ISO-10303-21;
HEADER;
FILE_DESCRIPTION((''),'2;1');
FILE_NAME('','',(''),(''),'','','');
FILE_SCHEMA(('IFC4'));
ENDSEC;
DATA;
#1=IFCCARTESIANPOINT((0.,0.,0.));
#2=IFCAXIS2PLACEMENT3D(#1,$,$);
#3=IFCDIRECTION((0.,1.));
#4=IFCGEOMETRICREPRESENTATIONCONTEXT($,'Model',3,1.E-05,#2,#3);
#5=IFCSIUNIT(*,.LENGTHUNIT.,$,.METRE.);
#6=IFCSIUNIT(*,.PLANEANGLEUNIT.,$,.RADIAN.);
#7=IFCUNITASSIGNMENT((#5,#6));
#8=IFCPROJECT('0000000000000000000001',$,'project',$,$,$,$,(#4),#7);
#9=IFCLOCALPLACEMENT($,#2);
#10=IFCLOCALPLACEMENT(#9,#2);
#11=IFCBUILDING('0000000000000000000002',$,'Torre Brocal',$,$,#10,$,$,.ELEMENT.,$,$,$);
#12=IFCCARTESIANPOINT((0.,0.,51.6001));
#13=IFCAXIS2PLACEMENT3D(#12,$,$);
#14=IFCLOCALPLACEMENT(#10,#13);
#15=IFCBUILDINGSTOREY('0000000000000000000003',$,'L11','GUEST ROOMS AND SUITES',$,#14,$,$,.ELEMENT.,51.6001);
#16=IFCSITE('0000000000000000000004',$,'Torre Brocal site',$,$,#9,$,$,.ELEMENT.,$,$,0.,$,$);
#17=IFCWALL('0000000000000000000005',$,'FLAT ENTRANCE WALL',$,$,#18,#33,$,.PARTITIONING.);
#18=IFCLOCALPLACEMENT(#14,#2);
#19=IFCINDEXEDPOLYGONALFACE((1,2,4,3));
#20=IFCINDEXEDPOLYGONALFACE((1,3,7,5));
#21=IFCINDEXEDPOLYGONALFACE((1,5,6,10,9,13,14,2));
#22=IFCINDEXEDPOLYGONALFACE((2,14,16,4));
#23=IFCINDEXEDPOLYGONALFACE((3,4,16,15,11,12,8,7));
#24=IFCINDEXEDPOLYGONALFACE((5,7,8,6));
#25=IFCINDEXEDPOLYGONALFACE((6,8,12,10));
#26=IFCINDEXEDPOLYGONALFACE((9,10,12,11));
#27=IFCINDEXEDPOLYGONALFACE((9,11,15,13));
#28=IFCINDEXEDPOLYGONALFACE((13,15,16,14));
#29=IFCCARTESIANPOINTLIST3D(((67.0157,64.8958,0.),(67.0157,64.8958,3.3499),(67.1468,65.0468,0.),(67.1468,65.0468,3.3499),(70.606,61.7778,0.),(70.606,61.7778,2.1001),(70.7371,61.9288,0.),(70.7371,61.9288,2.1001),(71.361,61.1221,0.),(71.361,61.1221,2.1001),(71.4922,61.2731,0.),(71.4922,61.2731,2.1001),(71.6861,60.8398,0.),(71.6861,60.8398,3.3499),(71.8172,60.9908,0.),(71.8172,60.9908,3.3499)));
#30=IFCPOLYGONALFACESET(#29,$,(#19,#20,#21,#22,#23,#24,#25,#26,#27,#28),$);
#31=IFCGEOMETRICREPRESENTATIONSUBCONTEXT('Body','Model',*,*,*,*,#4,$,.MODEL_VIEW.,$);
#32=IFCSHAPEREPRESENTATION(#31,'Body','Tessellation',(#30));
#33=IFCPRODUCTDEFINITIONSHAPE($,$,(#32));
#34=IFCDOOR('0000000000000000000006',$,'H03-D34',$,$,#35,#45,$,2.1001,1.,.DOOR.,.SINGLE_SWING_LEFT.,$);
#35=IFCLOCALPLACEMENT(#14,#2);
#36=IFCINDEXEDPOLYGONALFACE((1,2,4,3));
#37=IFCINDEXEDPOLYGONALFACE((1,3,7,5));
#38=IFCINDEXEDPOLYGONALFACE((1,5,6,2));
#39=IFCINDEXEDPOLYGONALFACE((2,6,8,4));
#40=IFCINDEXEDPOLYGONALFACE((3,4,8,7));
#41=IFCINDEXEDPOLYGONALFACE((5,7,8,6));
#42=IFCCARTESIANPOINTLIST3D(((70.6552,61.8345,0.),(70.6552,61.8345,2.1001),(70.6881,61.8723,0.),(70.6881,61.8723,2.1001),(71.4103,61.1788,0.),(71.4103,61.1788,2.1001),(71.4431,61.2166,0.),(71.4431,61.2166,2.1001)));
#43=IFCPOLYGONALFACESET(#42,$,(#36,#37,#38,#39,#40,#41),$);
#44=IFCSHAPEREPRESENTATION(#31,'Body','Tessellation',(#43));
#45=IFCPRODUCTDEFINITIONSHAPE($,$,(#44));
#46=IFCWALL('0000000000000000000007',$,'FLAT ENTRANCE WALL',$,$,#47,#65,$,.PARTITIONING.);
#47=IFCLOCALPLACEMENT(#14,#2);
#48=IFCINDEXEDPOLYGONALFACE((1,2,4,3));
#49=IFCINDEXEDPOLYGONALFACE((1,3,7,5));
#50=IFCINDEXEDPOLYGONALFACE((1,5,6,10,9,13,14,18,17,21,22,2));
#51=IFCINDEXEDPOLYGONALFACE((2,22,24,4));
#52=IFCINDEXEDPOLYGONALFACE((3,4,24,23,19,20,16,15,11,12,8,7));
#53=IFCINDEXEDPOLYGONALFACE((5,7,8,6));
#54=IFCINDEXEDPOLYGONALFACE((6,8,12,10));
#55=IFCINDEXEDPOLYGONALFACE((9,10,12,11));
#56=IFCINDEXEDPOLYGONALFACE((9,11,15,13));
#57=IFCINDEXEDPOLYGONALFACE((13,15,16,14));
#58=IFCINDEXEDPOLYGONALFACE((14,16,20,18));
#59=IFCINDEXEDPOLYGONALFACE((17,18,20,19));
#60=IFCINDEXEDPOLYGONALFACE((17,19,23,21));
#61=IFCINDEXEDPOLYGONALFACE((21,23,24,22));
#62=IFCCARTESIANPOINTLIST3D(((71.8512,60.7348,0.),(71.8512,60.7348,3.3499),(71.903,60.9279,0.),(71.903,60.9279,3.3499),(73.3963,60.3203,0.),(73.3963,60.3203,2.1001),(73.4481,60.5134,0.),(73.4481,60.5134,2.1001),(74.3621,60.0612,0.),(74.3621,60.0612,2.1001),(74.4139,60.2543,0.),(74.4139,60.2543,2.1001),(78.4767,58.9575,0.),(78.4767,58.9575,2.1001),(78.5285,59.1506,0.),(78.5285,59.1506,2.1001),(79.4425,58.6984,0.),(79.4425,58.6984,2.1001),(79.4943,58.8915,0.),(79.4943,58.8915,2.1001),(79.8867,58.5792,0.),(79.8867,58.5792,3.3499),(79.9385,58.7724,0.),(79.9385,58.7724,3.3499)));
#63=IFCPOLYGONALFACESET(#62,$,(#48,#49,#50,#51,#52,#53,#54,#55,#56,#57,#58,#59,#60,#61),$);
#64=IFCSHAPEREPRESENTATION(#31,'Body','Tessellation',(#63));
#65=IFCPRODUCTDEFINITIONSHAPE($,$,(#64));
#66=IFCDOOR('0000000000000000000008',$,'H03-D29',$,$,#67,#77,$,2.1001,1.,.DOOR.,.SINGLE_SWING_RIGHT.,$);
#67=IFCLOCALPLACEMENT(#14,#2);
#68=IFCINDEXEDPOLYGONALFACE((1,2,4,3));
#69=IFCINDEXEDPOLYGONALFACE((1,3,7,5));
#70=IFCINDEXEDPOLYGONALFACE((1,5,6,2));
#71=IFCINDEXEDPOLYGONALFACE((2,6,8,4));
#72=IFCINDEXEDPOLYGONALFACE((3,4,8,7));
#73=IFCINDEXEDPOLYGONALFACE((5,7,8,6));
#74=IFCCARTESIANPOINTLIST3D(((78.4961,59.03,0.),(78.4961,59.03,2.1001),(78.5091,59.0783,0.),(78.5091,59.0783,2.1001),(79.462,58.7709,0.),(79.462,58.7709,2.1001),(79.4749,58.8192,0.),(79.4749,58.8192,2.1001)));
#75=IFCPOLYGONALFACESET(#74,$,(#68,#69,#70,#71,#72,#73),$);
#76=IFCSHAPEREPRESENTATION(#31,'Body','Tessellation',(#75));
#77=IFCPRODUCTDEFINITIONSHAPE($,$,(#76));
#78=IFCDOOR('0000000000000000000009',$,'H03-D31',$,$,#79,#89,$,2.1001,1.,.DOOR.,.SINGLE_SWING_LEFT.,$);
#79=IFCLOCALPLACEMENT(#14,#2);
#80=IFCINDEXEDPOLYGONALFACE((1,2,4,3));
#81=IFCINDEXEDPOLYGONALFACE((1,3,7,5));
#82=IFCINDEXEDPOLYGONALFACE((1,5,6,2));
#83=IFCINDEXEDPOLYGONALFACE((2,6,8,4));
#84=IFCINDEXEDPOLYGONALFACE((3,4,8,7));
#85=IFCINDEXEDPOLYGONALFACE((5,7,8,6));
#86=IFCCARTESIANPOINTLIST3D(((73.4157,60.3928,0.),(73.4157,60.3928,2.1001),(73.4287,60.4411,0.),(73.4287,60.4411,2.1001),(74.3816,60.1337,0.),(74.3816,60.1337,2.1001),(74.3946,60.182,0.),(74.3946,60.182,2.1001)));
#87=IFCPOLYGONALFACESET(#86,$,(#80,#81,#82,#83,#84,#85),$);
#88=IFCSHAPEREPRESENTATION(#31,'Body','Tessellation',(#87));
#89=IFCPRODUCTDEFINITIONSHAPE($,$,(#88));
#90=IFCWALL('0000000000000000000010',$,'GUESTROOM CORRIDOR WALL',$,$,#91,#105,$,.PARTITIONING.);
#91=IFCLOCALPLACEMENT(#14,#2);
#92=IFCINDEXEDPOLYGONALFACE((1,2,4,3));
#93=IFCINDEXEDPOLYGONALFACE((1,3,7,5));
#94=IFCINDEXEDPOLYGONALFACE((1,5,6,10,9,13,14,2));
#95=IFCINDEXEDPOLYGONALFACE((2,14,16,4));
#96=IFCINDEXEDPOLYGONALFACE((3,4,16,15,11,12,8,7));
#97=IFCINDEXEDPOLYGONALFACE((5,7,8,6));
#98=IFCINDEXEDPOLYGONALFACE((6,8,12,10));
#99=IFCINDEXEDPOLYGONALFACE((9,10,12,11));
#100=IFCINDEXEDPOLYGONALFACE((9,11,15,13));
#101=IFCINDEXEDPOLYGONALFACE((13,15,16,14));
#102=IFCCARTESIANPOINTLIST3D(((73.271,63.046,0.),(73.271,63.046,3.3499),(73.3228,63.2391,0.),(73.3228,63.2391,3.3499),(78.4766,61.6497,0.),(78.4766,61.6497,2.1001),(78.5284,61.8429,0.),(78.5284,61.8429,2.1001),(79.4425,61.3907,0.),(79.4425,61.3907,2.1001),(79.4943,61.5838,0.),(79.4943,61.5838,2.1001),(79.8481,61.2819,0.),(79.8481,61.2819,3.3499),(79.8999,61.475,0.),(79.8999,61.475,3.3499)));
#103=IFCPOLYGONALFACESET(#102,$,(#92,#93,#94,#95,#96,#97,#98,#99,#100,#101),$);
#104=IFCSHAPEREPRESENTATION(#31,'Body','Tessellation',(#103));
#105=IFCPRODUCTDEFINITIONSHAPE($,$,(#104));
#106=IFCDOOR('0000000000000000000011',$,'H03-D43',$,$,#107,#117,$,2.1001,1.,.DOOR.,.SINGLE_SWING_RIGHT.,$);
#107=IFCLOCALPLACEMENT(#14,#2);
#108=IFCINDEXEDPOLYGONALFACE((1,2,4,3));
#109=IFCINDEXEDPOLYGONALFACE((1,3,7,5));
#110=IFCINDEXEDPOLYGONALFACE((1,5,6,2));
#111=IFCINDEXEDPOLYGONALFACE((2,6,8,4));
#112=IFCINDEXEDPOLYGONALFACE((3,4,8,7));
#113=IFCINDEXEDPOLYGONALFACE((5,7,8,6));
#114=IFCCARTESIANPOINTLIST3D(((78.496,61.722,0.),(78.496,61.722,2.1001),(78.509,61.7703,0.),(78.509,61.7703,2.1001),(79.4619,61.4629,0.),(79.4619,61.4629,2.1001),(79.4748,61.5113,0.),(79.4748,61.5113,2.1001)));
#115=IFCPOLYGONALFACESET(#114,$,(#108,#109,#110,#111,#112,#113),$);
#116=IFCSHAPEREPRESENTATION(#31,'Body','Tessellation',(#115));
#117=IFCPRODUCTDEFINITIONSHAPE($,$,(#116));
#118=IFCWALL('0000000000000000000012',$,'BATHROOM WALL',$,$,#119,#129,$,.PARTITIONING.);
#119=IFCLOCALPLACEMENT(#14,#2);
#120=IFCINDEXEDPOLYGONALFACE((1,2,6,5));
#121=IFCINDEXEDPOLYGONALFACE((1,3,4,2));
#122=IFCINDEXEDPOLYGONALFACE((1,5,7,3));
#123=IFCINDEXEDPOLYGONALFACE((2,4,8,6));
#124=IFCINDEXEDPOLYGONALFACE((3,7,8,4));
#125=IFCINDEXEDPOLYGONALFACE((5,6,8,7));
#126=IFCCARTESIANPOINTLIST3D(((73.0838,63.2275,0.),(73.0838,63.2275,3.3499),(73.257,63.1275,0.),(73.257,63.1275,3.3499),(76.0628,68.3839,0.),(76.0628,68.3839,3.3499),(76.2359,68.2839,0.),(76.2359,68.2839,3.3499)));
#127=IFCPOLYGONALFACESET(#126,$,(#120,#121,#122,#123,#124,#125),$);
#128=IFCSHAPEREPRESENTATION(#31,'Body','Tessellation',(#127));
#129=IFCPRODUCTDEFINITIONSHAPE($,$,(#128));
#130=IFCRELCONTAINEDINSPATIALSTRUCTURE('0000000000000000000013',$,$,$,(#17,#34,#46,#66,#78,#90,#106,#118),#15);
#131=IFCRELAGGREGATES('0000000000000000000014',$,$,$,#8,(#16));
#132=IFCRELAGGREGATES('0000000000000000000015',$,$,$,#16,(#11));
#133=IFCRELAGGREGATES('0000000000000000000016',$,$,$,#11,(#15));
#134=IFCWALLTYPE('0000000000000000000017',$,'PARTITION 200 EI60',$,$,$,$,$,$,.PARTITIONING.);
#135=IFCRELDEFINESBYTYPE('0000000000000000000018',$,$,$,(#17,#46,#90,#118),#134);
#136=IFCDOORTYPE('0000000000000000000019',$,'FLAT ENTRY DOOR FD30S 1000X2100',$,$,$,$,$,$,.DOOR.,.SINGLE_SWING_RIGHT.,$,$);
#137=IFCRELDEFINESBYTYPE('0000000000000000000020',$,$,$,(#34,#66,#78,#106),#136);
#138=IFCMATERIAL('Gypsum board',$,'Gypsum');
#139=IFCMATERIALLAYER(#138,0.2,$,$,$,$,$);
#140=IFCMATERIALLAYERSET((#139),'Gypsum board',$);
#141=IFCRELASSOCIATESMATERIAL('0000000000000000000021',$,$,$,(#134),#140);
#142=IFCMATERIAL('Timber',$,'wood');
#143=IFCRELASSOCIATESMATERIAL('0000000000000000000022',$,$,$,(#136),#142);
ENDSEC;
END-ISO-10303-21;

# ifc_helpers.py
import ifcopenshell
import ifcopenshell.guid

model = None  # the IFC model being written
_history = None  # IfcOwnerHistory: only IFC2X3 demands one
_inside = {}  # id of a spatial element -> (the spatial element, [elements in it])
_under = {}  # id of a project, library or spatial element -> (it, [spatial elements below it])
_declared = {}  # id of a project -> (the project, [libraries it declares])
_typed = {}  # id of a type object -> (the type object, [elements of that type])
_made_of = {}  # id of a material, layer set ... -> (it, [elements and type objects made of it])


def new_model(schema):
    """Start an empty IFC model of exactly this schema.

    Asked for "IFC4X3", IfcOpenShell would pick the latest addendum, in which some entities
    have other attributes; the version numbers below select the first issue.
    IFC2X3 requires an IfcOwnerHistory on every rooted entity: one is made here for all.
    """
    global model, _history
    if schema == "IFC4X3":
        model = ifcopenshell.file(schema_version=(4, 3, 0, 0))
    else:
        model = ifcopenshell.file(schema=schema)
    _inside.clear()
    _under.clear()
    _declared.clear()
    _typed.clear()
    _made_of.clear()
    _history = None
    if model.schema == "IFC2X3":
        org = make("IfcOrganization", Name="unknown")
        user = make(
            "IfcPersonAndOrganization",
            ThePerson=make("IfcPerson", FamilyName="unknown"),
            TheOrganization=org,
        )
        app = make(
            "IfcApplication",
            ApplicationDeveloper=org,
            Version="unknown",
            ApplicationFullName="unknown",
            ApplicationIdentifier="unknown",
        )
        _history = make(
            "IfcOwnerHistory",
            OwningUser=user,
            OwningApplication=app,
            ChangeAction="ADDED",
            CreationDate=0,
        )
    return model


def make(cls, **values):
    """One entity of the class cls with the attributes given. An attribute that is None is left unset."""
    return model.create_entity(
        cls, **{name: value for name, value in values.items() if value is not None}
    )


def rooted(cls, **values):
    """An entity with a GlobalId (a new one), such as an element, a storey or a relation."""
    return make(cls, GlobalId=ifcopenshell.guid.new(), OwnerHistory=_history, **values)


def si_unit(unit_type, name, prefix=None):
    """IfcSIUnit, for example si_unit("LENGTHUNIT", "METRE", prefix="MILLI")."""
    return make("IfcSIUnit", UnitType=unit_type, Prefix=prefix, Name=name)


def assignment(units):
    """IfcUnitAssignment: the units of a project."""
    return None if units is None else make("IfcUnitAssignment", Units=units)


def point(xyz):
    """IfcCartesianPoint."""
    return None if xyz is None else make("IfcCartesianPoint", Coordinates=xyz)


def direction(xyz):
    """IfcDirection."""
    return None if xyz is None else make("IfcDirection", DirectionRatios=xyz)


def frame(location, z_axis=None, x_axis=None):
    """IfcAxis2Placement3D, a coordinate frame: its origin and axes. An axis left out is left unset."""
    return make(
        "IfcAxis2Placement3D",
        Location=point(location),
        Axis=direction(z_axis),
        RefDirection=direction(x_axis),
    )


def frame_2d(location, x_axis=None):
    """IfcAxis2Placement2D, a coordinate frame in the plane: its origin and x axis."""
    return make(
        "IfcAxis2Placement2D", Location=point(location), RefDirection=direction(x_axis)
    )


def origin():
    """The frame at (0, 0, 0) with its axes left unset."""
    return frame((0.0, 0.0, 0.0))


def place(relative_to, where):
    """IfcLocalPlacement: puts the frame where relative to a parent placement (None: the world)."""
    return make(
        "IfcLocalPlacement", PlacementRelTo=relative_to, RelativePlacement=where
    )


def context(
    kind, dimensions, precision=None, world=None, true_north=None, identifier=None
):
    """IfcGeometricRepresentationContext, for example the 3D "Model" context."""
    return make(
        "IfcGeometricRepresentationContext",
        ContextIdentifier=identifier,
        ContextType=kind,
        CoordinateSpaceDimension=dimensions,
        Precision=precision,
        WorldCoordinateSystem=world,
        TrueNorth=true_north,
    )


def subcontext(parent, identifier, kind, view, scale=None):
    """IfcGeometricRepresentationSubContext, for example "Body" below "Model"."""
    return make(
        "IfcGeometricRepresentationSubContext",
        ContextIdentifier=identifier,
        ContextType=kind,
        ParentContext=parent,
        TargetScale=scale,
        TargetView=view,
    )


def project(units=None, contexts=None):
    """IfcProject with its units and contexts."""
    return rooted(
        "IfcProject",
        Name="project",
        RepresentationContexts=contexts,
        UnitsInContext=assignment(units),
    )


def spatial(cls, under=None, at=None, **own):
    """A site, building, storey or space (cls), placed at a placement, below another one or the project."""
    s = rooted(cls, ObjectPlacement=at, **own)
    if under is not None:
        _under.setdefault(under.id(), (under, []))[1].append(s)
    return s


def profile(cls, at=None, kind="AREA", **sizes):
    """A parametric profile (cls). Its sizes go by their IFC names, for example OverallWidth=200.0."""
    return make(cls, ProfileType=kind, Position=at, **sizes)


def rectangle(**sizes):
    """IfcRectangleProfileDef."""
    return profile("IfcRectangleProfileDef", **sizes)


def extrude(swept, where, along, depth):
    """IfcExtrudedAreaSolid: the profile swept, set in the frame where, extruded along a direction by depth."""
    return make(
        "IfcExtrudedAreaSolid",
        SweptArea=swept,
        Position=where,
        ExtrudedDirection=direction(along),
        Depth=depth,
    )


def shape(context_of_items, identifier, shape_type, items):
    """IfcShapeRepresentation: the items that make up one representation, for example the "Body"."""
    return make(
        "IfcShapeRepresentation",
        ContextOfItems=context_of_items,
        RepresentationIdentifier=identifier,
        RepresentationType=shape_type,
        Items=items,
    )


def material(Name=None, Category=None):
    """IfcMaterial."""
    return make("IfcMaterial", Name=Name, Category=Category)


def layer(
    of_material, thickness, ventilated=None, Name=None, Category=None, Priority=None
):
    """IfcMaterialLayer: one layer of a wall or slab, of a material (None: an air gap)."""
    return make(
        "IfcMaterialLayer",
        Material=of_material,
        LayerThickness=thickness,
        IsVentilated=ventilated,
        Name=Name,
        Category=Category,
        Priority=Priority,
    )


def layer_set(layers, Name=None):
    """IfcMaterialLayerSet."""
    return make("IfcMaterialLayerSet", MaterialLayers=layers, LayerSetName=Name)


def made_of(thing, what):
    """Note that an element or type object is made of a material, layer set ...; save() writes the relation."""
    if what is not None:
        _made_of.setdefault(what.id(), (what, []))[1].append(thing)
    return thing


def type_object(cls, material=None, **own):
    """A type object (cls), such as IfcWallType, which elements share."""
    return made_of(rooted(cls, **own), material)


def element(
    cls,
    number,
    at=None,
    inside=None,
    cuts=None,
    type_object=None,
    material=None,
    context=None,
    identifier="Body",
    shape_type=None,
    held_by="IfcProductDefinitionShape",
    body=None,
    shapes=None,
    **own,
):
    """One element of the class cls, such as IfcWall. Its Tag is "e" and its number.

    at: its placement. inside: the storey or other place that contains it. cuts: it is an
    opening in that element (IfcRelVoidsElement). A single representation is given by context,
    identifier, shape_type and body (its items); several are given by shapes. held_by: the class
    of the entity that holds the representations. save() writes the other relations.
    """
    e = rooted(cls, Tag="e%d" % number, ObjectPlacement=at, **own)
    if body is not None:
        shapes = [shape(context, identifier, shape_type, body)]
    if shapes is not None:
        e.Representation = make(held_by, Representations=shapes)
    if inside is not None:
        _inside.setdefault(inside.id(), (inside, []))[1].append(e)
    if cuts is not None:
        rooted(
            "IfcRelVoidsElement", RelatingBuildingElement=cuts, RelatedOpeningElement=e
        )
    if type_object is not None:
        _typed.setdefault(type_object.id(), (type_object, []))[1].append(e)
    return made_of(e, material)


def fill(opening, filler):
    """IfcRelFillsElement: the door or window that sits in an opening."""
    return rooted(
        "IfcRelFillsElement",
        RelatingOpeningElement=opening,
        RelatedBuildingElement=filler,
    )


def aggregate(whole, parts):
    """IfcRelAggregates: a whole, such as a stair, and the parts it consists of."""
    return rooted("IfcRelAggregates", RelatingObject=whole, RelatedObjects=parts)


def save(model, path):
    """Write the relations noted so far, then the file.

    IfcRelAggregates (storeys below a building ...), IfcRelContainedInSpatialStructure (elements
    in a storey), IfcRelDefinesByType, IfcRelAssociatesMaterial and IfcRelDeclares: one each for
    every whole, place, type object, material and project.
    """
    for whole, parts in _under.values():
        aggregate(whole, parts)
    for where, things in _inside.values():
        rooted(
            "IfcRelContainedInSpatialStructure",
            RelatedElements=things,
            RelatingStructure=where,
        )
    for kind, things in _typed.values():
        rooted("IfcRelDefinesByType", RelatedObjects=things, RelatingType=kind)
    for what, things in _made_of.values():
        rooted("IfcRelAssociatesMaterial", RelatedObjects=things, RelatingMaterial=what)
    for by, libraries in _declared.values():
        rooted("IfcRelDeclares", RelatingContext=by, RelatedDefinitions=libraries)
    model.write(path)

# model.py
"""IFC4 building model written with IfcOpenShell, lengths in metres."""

from ifc_helpers import new_model, si_unit, direction, frame, frame_2d, origin, place, context, subcontext, project, spatial, rectangle, extrude, material, layer, layer_set, type_object, element, fill, save


model = new_model("IFC4")

# Units and contexts
model_context = context("Model", 3, precision=1e-05, world=origin(), true_north=direction((0.0, 1.0)))
body_context = subcontext(model_context, "Body", "Model", "MODEL_VIEW")
ifc_project = project(units=[si_unit("LENGTHUNIT", "METRE"), si_unit("PLANEANGLEUNIT", "RADIAN")], contexts=[model_context])

# Site, building, storey
site_placement = place(None, origin())
site = spatial("IfcSite", under=ifc_project, at=site_placement, Name="Torre Brocal site", CompositionType="ELEMENT", RefElevation=0.0)
building_placement = place(site_placement, origin())
building = spatial("IfcBuilding", under=site, at=building_placement, Name="Torre Brocal", CompositionType="ELEMENT")
storey_placement = place(building_placement, frame((0.0, 0.0, 51.6001)))
storey = spatial("IfcBuildingStorey", under=building, at=storey_placement, Name="L11", Description="GUEST ROOMS AND SUITES", CompositionType="ELEMENT", Elevation=51.6001)

# Wall, opening, door
ifc_material_1 = material(Name="Gypsum board", Category="Gypsum")
ifc_layer_1 = layer(ifc_material_1, 0.2)
ifc_layer_set_1 = layer_set([ifc_layer_1], Name="Gypsum board")
wall_type_1 = type_object("IfcWallType", Name="PARTITION 200 EI60", PredefinedType="PARTITIONING", material=ifc_layer_set_1)
wall_1_placement = place(storey_placement, frame((67.0813, 64.9712, 0.0), z_axis=(0.0, 0.0, 1.0), x_axis=(0.755031, -0.655689, 0.0)))
wall_1 = element("IfcWall", 1, at=wall_1_placement, inside=storey, type_object=wall_type_1, Name="FLAT ENTRANCE WALL", PredefinedType="PARTITIONING", context=body_context, shape_type="SweptSolid", body=[
    extrude(rectangle(XDim=6.1858, YDim=0.2, at=frame_2d((3.0928, 0.0))), origin(), (0.0, 0.0, 1.0), 3.3499),
])
opening_1_placement = place(wall_1_placement, frame((4.7551, 0.0, 0.0)))
opening_1 = element("IfcOpeningElement", 2, at=opening_1_placement, cuts=wall_1, PredefinedType="OPENING", context=body_context, shape_type="SweptSolid", body=[
    extrude(rectangle(XDim=1.0, YDim=2.1001, at=frame_2d((0.5, 1.05))), frame((0.0, 0.1099, 0.0), z_axis=(0.0, -1.0, 0.0), x_axis=(1.0, 0.0, 0.0)), (0.0, 0.0, 1.0), 0.22),
])
ifc_material_2 = material(Name="Timber", Category="wood")
door_type_1 = type_object("IfcDoorType", Name="FLAT ENTRY DOOR FD30S 1000X2100", OperationType="SINGLE_SWING_RIGHT", PredefinedType="DOOR", material=ifc_material_2)
door_1_placement = place(opening_1_placement, frame((1.0, 0.0, 0.0), z_axis=(0.0, 0.0, 1.0), x_axis=(-1.0, 0.0, 0.0)))
door_1 = element("IfcDoor", 3, at=door_1_placement, inside=storey, type_object=door_type_1, Name="H03-D34", OperationType="SINGLE_SWING_LEFT", OverallHeight=2.1001, OverallWidth=1.0, PredefinedType="DOOR", context=body_context, shape_type="SweptSolid", body=[
    extrude(rectangle(XDim=1.0, YDim=2.1001, at=frame_2d((0.5, 1.05))), frame((0.0, 0.0249, 0.0), z_axis=(0.0, -1.0, 0.0), x_axis=(1.0, 0.0, 0.0)), (0.0, 0.0, 1.0), 0.05),
])
fill(opening_1, door_1)

# Wall, openings, doors
wall_2_placement = place(storey_placement, frame((71.8772, 60.8313, 0.0), z_axis=(0.0, 0.0, 1.0), x_axis=(0.965853, -0.259093, 0.0)))
wall_2 = element("IfcWall", 4, at=wall_2_placement, inside=storey, type_object=wall_type_1, Name="FLAT ENTRANCE WALL", PredefinedType="PARTITIONING", context=body_context, shape_type="SweptSolid", body=[
    extrude(rectangle(XDim=8.3196, YDim=0.2, at=frame_2d((4.1597, 0.0))), origin(), (0.0, 0.0, 1.0), 3.3499),
])
opening_2_placement = place(wall_2_placement, frame((6.8596, 0.0, 0.0)))
opening_2 = element("IfcOpeningElement", 5, at=opening_2_placement, cuts=wall_2, PredefinedType="OPENING", context=body_context, shape_type="SweptSolid", body=[
    extrude(rectangle(XDim=1.0, YDim=2.1001, at=frame_2d((0.5, 1.05))), frame((0.0, 0.1099, 0.0), z_axis=(0.0, -1.0, 0.0), x_axis=(1.0, 0.0, 0.0)), (0.0, 0.0, 1.0), 0.22),
])
opening_3_placement = place(wall_2_placement, frame((1.5996, 0.0, 0.0)))
opening_3 = element("IfcOpeningElement", 6, at=opening_3_placement, cuts=wall_2, PredefinedType="OPENING", context=body_context, shape_type="SweptSolid", body=[
    extrude(rectangle(XDim=1.0, YDim=2.1001, at=frame_2d((0.5, 1.05))), frame((0.0, 0.1099, 0.0), z_axis=(0.0, -1.0, 0.0), x_axis=(1.0, 0.0, 0.0)), (0.0, 0.0, 1.0), 0.22),
])
door_2_placement = place(opening_2_placement, frame((1.0, 0.0, 0.0), z_axis=(0.0, 0.0, 1.0), x_axis=(-1.0, 0.0, 0.0)))
door_2 = element("IfcDoor", 7, at=door_2_placement, inside=storey, type_object=door_type_1, Name="H03-D29", OperationType="SINGLE_SWING_RIGHT", OverallHeight=2.1001, OverallWidth=1.0, PredefinedType="DOOR", context=body_context, shape_type="SweptSolid", body=[
    extrude(rectangle(XDim=1.0, YDim=2.1001, at=frame_2d((0.5, 1.05))), frame((0.0, 0.0249, 0.0), z_axis=(0.0, -1.0, 0.0), x_axis=(1.0, 0.0, 0.0)), (0.0, 0.0, 1.0), 0.05),
])
fill(opening_2, door_2)
door_3_placement = place(opening_3_placement, frame((1.0, 0.0, 0.0), z_axis=(0.0, 0.0, 1.0), x_axis=(-1.0, 0.0, 0.0)))
door_3 = element("IfcDoor", 8, at=door_3_placement, inside=storey, type_object=door_type_1, Name="H03-D31", OperationType="SINGLE_SWING_LEFT", OverallHeight=2.1001, OverallWidth=1.0, PredefinedType="DOOR", context=body_context, shape_type="SweptSolid", body=[
    extrude(rectangle(XDim=1.0, YDim=2.1001, at=frame_2d((0.5, 1.05))), frame((0.0, 0.0249, 0.0), z_axis=(0.0, -1.0, 0.0), x_axis=(1.0, 0.0, 0.0)), (0.0, 0.0, 1.0), 0.05),
])
fill(opening_3, door_3)

# Wall, opening, door
wall_3_placement = place(storey_placement, frame((73.2969, 63.1426, 0.0), z_axis=(0.0, 0.0, 1.0), x_axis=(0.965859, -0.259068, 0.0)))
wall_3 = element("IfcWall", 9, at=wall_3_placement, inside=storey, type_object=wall_type_1, Name="GUESTROOM CORRIDOR WALL", PredefinedType="PARTITIONING", context=body_context, shape_type="SweptSolid", body=[
    extrude(rectangle(XDim=6.8096, YDim=0.2, at=frame_2d((3.4048, 0.0))), origin(), (0.0, 0.0, 1.0), 3.3499),
])
opening_4_placement = place(wall_3_placement, frame((5.3896, 0.0, 0.0)))
opening_4 = element("IfcOpeningElement", 10, at=opening_4_placement, cuts=wall_3, PredefinedType="OPENING", context=body_context, shape_type="SweptSolid", body=[
    extrude(rectangle(XDim=1.0, YDim=2.1001, at=frame_2d((0.5, 1.05))), frame((0.0, 0.1099, 0.0), z_axis=(0.0, -1.0, 0.0), x_axis=(1.0, 0.0, 0.0)), (0.0, 0.0, 1.0), 0.22),
])
door_4_placement = place(opening_4_placement, origin())
door_4 = element("IfcDoor", 11, at=door_4_placement, inside=storey, type_object=door_type_1, Name="H03-D43", OperationType="SINGLE_SWING_RIGHT", OverallHeight=2.1001, OverallWidth=1.0, PredefinedType="DOOR", context=body_context, shape_type="SweptSolid", body=[
    extrude(rectangle(XDim=1.0, YDim=2.1001, at=frame_2d((0.5, 1.05))), frame((0.0, 0.0249, 0.0), z_axis=(0.0, -1.0, 0.0), x_axis=(1.0, 0.0, 0.0)), (0.0, 0.0, 1.0), 0.05),
])
fill(opening_4, door_4)

# Wall
wall_4_placement = place(storey_placement, frame((73.1704, 63.1775, 0.0), z_axis=(0.0, 0.0, 1.0), x_axis=(0.500239, 0.865887, 0.0)))
element("IfcWall", 12, at=wall_4_placement, inside=storey, type_object=wall_type_1, Name="BATHROOM WALL", PredefinedType="PARTITIONING", context=body_context, shape_type="SweptSolid", body=[
    extrude(rectangle(XDim=5.9551, YDim=0.2, at=frame_2d((2.9775, 0.0))), origin(), (0.0, 0.0, 1.0), 3.3499),
])

save(model, "model.ifc")
